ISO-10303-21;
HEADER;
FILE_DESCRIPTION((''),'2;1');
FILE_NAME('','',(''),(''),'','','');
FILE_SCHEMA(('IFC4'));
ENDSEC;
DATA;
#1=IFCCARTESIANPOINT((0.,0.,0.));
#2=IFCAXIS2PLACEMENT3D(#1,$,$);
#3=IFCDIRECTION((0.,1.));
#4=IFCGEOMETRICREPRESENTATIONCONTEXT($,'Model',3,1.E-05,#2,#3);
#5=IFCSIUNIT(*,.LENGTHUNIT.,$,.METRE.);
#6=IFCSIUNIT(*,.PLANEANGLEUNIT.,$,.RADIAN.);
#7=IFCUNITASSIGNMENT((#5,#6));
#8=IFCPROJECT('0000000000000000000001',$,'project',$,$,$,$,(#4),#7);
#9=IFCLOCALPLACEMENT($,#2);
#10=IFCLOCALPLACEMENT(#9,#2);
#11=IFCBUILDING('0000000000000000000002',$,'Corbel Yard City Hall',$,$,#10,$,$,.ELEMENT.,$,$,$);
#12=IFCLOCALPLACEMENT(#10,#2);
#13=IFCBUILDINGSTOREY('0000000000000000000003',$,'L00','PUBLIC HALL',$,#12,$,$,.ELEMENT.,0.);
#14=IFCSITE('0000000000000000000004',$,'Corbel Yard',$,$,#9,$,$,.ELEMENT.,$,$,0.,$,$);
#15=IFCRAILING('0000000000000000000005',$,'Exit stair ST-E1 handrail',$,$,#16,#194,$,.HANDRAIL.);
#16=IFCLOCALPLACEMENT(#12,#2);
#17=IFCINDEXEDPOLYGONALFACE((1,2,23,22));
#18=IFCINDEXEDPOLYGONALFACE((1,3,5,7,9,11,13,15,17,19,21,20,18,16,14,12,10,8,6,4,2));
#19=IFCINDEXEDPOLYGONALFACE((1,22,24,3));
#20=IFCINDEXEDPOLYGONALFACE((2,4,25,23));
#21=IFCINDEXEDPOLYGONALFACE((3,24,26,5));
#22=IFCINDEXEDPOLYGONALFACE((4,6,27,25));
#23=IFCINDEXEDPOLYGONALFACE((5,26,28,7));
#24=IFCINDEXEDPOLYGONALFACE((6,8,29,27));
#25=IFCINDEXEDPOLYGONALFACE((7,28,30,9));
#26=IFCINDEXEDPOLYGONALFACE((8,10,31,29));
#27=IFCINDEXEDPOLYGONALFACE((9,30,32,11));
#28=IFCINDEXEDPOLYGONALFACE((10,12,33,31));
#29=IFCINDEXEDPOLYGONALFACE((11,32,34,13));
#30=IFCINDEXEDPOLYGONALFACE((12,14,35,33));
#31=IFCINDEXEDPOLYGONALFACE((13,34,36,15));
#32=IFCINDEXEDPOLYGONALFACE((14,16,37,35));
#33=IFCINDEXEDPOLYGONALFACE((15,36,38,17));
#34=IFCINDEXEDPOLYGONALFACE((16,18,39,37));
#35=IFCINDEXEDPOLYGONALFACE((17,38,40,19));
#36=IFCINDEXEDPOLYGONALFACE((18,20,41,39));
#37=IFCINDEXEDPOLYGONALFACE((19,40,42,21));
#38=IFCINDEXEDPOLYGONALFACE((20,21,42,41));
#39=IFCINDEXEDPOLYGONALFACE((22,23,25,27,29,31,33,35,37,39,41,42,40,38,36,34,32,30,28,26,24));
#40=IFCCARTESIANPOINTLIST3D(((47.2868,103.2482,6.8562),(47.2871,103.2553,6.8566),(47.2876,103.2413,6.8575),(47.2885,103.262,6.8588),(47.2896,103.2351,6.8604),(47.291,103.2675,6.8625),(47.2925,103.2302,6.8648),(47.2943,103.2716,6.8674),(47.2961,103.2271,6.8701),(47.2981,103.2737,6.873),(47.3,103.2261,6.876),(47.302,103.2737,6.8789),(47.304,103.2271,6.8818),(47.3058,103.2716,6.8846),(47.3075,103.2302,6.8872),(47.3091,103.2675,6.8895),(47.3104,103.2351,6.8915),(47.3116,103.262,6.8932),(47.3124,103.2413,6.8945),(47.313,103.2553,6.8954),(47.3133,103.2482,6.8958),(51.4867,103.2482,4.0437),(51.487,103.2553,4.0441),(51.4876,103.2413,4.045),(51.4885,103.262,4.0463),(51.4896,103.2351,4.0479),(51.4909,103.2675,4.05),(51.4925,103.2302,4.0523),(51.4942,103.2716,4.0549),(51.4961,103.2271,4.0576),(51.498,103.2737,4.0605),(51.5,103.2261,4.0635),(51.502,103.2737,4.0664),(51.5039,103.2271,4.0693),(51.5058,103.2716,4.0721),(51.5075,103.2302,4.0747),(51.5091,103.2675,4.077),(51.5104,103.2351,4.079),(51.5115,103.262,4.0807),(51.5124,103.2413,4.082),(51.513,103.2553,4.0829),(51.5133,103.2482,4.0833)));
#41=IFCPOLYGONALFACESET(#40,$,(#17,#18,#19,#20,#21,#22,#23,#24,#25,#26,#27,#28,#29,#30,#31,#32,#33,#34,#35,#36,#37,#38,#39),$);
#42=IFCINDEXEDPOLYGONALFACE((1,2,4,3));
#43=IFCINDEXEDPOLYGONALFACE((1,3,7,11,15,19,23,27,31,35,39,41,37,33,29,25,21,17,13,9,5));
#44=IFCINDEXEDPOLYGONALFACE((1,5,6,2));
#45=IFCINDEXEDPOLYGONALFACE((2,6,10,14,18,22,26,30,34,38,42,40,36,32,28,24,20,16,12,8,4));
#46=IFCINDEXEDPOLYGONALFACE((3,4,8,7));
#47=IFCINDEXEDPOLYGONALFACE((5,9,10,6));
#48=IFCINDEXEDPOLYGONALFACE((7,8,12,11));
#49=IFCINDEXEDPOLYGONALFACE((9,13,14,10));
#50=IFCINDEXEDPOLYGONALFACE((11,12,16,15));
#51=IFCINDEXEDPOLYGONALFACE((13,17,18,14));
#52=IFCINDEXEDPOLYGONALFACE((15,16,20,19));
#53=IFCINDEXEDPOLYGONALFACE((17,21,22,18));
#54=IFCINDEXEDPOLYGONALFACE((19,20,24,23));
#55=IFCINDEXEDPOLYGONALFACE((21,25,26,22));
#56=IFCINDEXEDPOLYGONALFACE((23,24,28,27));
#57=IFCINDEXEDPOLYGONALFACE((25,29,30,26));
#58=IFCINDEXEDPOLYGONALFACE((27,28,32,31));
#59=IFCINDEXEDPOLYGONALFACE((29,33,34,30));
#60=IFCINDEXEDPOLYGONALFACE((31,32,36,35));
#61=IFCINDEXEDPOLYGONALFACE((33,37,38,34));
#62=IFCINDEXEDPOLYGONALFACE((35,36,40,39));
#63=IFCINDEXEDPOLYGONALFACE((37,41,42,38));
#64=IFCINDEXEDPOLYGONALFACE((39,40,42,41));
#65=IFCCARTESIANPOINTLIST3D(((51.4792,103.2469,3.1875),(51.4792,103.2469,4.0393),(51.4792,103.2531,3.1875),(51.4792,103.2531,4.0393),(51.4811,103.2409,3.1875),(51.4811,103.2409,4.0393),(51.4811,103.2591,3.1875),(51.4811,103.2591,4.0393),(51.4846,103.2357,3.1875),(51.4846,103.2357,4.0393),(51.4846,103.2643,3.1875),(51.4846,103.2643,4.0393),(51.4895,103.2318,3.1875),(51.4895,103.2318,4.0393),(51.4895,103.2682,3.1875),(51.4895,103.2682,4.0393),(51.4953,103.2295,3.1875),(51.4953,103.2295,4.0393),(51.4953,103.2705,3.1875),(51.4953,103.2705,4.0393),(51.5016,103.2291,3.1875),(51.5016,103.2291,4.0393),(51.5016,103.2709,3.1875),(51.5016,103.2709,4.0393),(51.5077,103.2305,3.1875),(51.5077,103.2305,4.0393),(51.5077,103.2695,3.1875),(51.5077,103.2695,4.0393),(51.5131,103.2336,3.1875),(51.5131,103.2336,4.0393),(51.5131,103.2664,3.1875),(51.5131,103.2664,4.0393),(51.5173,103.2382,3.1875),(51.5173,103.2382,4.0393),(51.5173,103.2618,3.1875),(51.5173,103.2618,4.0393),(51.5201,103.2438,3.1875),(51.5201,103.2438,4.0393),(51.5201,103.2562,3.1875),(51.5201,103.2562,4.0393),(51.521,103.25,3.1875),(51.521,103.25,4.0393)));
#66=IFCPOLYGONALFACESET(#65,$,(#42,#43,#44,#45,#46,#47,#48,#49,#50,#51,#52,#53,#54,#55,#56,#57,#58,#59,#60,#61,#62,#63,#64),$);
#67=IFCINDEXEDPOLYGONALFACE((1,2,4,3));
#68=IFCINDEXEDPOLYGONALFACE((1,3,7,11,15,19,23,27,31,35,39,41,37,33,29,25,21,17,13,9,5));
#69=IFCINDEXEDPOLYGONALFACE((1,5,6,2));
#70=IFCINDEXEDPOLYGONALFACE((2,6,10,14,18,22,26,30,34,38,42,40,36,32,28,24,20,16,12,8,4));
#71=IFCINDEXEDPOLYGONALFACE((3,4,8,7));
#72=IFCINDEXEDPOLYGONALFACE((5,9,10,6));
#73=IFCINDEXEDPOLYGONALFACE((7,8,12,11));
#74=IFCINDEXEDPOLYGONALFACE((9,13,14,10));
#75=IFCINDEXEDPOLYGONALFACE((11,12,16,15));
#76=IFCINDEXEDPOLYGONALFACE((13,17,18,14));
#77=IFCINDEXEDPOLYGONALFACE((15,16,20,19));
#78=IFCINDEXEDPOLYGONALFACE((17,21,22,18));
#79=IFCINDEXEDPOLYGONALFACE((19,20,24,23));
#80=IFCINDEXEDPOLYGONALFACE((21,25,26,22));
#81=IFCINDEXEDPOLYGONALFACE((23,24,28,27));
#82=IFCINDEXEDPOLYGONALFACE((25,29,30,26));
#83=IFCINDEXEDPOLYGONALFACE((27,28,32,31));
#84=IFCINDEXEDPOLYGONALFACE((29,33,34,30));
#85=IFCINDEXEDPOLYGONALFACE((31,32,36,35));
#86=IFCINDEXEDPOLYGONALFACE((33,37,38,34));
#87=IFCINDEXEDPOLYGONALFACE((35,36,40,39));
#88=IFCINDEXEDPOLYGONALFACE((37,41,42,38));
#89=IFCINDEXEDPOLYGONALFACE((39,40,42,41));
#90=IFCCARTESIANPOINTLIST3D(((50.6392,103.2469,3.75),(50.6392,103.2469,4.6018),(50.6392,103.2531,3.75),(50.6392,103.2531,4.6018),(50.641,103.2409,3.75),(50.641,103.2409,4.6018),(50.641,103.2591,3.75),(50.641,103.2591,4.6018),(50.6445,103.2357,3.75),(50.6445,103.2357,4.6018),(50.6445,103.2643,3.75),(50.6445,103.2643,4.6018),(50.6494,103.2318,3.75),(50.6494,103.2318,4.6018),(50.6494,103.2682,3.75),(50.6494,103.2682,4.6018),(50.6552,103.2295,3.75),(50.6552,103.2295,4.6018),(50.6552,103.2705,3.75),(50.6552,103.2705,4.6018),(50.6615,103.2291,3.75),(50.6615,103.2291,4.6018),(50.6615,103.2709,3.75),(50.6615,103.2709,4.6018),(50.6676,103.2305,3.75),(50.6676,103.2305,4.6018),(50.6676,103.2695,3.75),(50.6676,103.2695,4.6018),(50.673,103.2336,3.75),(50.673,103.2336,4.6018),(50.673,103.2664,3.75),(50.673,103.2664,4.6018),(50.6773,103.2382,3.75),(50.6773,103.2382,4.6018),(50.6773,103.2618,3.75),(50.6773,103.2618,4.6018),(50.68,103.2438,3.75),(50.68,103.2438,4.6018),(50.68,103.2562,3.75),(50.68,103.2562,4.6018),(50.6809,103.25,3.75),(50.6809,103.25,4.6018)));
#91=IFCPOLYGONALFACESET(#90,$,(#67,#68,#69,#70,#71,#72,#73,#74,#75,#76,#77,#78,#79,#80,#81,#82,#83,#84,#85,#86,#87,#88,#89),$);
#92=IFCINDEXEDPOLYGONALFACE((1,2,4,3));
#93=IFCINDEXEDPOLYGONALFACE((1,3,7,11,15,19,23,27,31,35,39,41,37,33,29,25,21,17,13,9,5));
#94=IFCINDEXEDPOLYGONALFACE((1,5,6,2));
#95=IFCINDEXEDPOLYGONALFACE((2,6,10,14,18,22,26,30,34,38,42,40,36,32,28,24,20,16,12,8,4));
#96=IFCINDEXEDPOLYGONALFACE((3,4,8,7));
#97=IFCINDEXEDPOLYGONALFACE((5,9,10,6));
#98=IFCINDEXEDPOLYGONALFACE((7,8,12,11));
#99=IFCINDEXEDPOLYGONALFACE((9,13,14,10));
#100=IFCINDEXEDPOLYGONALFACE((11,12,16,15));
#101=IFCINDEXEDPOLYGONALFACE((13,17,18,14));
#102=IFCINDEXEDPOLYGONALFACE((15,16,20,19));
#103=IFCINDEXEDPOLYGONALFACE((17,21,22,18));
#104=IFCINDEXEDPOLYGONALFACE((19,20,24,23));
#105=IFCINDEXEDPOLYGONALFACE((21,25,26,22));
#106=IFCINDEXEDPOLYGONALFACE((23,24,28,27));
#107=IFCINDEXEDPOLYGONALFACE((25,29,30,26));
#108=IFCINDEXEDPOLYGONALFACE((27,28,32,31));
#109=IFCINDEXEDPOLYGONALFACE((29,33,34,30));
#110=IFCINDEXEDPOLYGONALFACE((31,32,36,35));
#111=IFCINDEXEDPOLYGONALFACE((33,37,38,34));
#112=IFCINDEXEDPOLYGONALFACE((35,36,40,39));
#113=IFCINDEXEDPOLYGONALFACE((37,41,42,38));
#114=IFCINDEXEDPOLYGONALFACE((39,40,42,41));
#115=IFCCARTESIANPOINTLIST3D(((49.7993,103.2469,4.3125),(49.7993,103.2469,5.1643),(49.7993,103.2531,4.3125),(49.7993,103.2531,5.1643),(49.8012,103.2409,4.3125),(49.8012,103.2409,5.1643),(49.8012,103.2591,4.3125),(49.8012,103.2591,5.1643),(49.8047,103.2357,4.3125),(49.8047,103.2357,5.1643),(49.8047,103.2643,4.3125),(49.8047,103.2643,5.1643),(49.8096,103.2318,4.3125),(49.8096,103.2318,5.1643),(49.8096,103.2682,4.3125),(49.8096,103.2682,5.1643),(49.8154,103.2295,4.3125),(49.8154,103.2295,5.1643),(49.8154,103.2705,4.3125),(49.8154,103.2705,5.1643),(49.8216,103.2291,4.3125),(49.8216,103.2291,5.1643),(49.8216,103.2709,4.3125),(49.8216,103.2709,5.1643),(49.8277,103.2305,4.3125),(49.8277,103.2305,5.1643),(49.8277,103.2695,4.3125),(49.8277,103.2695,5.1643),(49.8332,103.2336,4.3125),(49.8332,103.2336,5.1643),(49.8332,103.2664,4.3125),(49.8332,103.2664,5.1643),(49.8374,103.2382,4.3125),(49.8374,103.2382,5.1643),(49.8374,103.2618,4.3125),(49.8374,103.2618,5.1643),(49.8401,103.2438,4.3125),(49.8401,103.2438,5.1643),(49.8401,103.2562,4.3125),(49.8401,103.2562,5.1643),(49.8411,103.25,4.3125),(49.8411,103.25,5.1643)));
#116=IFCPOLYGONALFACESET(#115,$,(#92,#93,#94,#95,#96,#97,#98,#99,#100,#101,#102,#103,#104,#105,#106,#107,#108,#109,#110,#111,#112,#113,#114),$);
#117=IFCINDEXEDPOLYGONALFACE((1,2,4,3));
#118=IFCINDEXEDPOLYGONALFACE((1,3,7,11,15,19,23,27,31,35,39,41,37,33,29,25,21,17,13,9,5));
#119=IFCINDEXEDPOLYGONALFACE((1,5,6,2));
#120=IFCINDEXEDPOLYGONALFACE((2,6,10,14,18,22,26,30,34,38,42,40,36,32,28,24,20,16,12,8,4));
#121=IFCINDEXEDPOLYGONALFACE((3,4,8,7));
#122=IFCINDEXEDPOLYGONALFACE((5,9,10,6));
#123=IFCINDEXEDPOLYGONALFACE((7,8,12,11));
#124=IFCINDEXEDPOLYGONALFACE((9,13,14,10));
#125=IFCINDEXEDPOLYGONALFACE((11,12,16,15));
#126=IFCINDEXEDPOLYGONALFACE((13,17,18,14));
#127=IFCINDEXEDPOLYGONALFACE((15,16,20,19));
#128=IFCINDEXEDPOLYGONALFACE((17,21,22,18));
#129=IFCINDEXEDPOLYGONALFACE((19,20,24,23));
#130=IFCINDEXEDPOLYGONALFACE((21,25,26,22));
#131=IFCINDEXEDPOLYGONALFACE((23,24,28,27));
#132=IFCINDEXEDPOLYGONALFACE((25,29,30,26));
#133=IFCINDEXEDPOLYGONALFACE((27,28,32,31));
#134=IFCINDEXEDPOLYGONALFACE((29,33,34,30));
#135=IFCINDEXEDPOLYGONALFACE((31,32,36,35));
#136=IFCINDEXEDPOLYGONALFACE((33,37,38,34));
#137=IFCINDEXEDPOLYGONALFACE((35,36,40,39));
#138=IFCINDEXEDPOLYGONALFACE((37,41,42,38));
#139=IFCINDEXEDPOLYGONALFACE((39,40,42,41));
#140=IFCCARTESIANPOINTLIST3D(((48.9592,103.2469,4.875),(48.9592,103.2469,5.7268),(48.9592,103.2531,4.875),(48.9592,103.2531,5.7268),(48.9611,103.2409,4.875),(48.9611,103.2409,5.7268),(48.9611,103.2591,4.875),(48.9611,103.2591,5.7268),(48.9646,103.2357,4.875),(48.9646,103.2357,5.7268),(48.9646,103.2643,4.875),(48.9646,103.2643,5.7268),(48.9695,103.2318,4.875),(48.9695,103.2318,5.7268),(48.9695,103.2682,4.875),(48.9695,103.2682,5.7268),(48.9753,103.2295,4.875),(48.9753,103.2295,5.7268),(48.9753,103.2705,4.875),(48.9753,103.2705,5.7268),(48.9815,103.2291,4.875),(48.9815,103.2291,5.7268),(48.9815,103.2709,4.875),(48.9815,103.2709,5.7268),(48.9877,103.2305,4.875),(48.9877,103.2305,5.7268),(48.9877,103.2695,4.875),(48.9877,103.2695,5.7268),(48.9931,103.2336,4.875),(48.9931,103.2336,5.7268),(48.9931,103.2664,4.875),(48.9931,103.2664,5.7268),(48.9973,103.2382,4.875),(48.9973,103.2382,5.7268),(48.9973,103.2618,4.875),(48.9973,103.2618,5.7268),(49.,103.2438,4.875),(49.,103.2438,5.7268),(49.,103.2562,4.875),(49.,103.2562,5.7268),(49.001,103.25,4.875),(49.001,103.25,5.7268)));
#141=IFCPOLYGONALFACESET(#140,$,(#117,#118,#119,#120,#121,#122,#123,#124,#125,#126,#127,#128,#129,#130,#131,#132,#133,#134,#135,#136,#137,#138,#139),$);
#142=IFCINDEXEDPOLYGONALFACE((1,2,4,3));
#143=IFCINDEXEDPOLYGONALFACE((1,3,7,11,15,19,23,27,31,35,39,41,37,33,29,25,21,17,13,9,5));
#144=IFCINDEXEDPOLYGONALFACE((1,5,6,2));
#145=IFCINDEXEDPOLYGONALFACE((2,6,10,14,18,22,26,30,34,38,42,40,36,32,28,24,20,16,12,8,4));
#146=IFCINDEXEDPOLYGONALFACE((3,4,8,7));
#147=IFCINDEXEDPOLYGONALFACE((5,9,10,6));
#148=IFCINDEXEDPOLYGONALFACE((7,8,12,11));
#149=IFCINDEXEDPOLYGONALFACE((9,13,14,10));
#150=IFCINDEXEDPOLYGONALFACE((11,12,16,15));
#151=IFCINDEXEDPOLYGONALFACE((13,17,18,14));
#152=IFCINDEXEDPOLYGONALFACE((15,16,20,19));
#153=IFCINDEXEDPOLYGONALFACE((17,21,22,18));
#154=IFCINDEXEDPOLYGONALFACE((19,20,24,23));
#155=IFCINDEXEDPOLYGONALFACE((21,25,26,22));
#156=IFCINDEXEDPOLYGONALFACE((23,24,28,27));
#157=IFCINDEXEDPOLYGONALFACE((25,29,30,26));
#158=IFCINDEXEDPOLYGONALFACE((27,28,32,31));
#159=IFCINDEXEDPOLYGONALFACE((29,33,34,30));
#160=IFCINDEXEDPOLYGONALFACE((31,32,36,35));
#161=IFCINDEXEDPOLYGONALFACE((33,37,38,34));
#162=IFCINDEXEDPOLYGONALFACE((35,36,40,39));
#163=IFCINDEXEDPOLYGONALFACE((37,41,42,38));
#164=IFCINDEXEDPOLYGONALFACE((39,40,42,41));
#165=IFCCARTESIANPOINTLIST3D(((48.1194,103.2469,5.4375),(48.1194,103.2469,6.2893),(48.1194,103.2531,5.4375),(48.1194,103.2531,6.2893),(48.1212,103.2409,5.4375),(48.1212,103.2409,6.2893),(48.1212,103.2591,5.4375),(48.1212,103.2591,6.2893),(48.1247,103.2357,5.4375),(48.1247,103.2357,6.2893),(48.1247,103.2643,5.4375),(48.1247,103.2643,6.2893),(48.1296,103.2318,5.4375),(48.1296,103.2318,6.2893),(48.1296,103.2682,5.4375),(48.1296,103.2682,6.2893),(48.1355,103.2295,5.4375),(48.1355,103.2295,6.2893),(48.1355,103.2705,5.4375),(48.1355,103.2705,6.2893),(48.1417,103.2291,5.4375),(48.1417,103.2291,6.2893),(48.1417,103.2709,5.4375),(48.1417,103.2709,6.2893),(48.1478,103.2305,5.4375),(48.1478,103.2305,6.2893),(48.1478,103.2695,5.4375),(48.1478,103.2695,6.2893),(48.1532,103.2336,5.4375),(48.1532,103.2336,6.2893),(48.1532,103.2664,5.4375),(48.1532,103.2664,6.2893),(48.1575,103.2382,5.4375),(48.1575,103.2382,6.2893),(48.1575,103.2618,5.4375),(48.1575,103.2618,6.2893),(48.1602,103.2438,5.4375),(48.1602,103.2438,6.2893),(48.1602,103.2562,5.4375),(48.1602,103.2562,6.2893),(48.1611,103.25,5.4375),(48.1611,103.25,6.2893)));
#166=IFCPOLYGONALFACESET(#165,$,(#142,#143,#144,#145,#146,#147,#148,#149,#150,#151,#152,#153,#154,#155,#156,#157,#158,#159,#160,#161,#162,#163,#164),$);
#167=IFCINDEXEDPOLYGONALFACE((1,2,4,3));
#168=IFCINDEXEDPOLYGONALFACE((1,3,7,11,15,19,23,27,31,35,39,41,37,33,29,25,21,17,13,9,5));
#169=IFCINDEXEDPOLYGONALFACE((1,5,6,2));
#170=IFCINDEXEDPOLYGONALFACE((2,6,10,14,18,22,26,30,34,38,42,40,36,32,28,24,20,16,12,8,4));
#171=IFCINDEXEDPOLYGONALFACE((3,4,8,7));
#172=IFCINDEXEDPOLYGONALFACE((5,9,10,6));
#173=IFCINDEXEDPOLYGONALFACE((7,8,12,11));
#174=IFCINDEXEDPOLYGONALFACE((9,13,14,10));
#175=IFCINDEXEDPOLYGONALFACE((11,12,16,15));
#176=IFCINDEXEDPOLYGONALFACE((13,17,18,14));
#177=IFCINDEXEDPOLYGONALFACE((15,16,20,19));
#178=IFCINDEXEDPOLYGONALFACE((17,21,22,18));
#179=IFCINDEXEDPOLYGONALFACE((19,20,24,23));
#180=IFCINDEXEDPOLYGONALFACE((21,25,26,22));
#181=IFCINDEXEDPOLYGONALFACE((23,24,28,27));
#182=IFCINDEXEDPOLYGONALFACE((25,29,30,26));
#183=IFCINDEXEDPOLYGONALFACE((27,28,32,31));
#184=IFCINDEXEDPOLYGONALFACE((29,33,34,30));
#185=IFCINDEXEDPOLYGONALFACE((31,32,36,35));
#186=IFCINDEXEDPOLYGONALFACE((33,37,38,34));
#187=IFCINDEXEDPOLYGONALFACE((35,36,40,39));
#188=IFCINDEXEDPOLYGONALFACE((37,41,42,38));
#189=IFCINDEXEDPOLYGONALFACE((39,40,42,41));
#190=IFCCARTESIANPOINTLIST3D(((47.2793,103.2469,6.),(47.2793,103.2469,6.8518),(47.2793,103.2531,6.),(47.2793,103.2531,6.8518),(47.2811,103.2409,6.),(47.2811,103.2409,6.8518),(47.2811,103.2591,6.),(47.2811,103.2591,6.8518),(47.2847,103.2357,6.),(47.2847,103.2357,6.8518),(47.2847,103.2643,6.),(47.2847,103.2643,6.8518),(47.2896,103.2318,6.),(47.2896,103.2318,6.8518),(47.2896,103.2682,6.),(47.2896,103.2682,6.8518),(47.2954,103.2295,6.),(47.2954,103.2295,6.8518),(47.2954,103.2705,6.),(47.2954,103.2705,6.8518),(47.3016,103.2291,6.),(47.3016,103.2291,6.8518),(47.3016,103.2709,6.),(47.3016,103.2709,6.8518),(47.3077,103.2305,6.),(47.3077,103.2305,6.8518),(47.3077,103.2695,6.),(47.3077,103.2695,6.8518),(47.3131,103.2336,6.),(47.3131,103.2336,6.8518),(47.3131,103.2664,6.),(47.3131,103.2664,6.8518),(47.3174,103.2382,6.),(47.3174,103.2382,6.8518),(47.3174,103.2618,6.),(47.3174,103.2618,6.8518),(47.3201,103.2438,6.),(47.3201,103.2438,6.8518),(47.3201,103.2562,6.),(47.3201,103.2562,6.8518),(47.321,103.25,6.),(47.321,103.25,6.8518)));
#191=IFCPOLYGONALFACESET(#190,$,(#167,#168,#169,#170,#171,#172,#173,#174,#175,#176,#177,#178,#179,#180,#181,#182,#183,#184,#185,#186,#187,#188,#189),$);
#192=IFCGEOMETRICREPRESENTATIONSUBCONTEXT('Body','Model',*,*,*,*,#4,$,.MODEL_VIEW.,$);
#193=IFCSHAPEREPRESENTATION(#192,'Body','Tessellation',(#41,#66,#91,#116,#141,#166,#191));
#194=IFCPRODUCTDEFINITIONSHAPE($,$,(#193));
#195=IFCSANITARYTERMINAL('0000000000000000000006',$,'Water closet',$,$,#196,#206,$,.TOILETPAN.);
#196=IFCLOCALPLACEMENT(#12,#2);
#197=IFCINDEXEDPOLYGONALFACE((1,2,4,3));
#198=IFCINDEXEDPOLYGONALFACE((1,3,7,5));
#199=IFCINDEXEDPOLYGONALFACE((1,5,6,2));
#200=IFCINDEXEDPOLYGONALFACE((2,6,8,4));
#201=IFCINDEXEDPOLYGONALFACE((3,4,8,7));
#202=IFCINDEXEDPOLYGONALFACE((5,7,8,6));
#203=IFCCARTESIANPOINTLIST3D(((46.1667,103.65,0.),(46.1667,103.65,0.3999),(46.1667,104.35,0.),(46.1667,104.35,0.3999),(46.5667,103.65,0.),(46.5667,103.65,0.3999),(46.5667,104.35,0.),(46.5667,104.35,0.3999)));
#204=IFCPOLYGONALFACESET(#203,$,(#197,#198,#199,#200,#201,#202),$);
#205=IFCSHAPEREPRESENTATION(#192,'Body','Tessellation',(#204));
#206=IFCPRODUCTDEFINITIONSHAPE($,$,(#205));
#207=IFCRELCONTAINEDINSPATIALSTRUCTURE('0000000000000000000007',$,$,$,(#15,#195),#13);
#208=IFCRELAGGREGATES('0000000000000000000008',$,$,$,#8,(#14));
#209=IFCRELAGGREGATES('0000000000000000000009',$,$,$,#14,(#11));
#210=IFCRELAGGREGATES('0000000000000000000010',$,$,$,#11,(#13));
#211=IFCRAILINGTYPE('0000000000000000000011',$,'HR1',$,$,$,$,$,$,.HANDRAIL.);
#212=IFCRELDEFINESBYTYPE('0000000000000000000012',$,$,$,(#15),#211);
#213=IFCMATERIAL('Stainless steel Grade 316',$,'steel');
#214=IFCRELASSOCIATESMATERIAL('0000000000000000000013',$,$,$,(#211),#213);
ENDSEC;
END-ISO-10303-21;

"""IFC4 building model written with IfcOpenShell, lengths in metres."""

from ifc_helpers import new_model, si_unit, direction, frame, origin, origin_2d, place, context, subcontext, project, spatial, rectangle, circle, extrude, material, type_object, element, save


model = new_model("IFC4")

# Units and contexts
model_context = context("Model", 3, precision=1e-05, world=origin(), true_north=direction((0.0, 1.0)))
body_context = subcontext(model_context, "Body", "Model", "MODEL_VIEW")
ifc_project = project(units=[si_unit("LENGTHUNIT", "METRE"), si_unit("PLANEANGLEUNIT", "RADIAN")], contexts=[model_context])

# Site, building, storey
site_placement = place(None, origin())
site = spatial("IfcSite", under=ifc_project, at=site_placement, Name="Corbel Yard", CompositionType="ELEMENT", RefElevation=0.0)
building_placement = place(site_placement, origin())
building = spatial("IfcBuilding", under=site, at=building_placement, Name="Corbel Yard City Hall", CompositionType="ELEMENT")
storey_placement = place(building_placement, origin())
storey = spatial("IfcBuildingStorey", under=building, at=storey_placement, Name="L00", Description="PUBLIC HALL", CompositionType="ELEMENT", Elevation=0.0)

# Shared definitions
ifc_material_1 = material(Name="Stainless steel Grade 316", Category="steel")

# Railing
railing_type = type_object("IfcRailingType", Name="HR1", PredefinedType="HANDRAIL", material=ifc_material_1)
for number, where, name in (
    (1, (51.5, 103.25, 3.1875), "Exit stair ST-E1 handrail"),
):
    element("IfcRailing", number, at=place(storey_placement, frame(where)), inside=storey, type_object=railing_type, Name=name, PredefinedType="HANDRAIL", context=body_context, shape_type="SweptSolid", body=[
        extrude(circle(Radius=0.0239, at=origin_2d()), frame((0.0, 0.0, 0.876), z_axis=(-0.830904, 0.0, 0.556416), x_axis=(0.0, -1.0, 0.0)), (0.0, 0.0, 1.0), 5.0547),
        extrude(circle(Radius=0.021, at=origin_2d()), origin(), (0.0, 0.0, 1.0), 0.8518),
        extrude(circle(Radius=0.021, at=origin_2d()), frame((-0.8401, 0.0, 0.5625)), (0.0, 0.0, 1.0), 0.8518),
        extrude(circle(Radius=0.021, at=origin_2d()), frame((-1.6799, 0.0, 1.125)), (0.0, 0.0, 1.0), 0.8518),
        extrude(circle(Radius=0.021, at=origin_2d()), frame((-2.52, 0.0, 1.6875)), (0.0, 0.0, 1.0), 0.8518),
        extrude(circle(Radius=0.021, at=origin_2d()), frame((-3.3599, 0.0, 2.25)), (0.0, 0.0, 1.0), 0.8518),
        extrude(circle(Radius=0.021, at=origin_2d()), frame((-4.2, 0.0, 2.8125)), (0.0, 0.0, 1.0), 0.8518),
    ])

# Sanitary terminal
sanitary_terminal_1_placement = place(storey_placement, frame((46.3667, 104.0, 0.0), z_axis=(0.0, 0.0, 1.0), x_axis=(1.0, 0.0, 0.0)))
element("IfcSanitaryTerminal", 2, at=sanitary_terminal_1_placement, inside=storey, Name="Water closet", PredefinedType="TOILETPAN", context=body_context, shape_type="SweptSolid", body=[
    extrude(rectangle(XDim=0.3999, YDim=0.7, at=origin_2d()), origin(), (0.0, 0.0, 1.0), 0.3999),
])

save(model, "model.ifc")
